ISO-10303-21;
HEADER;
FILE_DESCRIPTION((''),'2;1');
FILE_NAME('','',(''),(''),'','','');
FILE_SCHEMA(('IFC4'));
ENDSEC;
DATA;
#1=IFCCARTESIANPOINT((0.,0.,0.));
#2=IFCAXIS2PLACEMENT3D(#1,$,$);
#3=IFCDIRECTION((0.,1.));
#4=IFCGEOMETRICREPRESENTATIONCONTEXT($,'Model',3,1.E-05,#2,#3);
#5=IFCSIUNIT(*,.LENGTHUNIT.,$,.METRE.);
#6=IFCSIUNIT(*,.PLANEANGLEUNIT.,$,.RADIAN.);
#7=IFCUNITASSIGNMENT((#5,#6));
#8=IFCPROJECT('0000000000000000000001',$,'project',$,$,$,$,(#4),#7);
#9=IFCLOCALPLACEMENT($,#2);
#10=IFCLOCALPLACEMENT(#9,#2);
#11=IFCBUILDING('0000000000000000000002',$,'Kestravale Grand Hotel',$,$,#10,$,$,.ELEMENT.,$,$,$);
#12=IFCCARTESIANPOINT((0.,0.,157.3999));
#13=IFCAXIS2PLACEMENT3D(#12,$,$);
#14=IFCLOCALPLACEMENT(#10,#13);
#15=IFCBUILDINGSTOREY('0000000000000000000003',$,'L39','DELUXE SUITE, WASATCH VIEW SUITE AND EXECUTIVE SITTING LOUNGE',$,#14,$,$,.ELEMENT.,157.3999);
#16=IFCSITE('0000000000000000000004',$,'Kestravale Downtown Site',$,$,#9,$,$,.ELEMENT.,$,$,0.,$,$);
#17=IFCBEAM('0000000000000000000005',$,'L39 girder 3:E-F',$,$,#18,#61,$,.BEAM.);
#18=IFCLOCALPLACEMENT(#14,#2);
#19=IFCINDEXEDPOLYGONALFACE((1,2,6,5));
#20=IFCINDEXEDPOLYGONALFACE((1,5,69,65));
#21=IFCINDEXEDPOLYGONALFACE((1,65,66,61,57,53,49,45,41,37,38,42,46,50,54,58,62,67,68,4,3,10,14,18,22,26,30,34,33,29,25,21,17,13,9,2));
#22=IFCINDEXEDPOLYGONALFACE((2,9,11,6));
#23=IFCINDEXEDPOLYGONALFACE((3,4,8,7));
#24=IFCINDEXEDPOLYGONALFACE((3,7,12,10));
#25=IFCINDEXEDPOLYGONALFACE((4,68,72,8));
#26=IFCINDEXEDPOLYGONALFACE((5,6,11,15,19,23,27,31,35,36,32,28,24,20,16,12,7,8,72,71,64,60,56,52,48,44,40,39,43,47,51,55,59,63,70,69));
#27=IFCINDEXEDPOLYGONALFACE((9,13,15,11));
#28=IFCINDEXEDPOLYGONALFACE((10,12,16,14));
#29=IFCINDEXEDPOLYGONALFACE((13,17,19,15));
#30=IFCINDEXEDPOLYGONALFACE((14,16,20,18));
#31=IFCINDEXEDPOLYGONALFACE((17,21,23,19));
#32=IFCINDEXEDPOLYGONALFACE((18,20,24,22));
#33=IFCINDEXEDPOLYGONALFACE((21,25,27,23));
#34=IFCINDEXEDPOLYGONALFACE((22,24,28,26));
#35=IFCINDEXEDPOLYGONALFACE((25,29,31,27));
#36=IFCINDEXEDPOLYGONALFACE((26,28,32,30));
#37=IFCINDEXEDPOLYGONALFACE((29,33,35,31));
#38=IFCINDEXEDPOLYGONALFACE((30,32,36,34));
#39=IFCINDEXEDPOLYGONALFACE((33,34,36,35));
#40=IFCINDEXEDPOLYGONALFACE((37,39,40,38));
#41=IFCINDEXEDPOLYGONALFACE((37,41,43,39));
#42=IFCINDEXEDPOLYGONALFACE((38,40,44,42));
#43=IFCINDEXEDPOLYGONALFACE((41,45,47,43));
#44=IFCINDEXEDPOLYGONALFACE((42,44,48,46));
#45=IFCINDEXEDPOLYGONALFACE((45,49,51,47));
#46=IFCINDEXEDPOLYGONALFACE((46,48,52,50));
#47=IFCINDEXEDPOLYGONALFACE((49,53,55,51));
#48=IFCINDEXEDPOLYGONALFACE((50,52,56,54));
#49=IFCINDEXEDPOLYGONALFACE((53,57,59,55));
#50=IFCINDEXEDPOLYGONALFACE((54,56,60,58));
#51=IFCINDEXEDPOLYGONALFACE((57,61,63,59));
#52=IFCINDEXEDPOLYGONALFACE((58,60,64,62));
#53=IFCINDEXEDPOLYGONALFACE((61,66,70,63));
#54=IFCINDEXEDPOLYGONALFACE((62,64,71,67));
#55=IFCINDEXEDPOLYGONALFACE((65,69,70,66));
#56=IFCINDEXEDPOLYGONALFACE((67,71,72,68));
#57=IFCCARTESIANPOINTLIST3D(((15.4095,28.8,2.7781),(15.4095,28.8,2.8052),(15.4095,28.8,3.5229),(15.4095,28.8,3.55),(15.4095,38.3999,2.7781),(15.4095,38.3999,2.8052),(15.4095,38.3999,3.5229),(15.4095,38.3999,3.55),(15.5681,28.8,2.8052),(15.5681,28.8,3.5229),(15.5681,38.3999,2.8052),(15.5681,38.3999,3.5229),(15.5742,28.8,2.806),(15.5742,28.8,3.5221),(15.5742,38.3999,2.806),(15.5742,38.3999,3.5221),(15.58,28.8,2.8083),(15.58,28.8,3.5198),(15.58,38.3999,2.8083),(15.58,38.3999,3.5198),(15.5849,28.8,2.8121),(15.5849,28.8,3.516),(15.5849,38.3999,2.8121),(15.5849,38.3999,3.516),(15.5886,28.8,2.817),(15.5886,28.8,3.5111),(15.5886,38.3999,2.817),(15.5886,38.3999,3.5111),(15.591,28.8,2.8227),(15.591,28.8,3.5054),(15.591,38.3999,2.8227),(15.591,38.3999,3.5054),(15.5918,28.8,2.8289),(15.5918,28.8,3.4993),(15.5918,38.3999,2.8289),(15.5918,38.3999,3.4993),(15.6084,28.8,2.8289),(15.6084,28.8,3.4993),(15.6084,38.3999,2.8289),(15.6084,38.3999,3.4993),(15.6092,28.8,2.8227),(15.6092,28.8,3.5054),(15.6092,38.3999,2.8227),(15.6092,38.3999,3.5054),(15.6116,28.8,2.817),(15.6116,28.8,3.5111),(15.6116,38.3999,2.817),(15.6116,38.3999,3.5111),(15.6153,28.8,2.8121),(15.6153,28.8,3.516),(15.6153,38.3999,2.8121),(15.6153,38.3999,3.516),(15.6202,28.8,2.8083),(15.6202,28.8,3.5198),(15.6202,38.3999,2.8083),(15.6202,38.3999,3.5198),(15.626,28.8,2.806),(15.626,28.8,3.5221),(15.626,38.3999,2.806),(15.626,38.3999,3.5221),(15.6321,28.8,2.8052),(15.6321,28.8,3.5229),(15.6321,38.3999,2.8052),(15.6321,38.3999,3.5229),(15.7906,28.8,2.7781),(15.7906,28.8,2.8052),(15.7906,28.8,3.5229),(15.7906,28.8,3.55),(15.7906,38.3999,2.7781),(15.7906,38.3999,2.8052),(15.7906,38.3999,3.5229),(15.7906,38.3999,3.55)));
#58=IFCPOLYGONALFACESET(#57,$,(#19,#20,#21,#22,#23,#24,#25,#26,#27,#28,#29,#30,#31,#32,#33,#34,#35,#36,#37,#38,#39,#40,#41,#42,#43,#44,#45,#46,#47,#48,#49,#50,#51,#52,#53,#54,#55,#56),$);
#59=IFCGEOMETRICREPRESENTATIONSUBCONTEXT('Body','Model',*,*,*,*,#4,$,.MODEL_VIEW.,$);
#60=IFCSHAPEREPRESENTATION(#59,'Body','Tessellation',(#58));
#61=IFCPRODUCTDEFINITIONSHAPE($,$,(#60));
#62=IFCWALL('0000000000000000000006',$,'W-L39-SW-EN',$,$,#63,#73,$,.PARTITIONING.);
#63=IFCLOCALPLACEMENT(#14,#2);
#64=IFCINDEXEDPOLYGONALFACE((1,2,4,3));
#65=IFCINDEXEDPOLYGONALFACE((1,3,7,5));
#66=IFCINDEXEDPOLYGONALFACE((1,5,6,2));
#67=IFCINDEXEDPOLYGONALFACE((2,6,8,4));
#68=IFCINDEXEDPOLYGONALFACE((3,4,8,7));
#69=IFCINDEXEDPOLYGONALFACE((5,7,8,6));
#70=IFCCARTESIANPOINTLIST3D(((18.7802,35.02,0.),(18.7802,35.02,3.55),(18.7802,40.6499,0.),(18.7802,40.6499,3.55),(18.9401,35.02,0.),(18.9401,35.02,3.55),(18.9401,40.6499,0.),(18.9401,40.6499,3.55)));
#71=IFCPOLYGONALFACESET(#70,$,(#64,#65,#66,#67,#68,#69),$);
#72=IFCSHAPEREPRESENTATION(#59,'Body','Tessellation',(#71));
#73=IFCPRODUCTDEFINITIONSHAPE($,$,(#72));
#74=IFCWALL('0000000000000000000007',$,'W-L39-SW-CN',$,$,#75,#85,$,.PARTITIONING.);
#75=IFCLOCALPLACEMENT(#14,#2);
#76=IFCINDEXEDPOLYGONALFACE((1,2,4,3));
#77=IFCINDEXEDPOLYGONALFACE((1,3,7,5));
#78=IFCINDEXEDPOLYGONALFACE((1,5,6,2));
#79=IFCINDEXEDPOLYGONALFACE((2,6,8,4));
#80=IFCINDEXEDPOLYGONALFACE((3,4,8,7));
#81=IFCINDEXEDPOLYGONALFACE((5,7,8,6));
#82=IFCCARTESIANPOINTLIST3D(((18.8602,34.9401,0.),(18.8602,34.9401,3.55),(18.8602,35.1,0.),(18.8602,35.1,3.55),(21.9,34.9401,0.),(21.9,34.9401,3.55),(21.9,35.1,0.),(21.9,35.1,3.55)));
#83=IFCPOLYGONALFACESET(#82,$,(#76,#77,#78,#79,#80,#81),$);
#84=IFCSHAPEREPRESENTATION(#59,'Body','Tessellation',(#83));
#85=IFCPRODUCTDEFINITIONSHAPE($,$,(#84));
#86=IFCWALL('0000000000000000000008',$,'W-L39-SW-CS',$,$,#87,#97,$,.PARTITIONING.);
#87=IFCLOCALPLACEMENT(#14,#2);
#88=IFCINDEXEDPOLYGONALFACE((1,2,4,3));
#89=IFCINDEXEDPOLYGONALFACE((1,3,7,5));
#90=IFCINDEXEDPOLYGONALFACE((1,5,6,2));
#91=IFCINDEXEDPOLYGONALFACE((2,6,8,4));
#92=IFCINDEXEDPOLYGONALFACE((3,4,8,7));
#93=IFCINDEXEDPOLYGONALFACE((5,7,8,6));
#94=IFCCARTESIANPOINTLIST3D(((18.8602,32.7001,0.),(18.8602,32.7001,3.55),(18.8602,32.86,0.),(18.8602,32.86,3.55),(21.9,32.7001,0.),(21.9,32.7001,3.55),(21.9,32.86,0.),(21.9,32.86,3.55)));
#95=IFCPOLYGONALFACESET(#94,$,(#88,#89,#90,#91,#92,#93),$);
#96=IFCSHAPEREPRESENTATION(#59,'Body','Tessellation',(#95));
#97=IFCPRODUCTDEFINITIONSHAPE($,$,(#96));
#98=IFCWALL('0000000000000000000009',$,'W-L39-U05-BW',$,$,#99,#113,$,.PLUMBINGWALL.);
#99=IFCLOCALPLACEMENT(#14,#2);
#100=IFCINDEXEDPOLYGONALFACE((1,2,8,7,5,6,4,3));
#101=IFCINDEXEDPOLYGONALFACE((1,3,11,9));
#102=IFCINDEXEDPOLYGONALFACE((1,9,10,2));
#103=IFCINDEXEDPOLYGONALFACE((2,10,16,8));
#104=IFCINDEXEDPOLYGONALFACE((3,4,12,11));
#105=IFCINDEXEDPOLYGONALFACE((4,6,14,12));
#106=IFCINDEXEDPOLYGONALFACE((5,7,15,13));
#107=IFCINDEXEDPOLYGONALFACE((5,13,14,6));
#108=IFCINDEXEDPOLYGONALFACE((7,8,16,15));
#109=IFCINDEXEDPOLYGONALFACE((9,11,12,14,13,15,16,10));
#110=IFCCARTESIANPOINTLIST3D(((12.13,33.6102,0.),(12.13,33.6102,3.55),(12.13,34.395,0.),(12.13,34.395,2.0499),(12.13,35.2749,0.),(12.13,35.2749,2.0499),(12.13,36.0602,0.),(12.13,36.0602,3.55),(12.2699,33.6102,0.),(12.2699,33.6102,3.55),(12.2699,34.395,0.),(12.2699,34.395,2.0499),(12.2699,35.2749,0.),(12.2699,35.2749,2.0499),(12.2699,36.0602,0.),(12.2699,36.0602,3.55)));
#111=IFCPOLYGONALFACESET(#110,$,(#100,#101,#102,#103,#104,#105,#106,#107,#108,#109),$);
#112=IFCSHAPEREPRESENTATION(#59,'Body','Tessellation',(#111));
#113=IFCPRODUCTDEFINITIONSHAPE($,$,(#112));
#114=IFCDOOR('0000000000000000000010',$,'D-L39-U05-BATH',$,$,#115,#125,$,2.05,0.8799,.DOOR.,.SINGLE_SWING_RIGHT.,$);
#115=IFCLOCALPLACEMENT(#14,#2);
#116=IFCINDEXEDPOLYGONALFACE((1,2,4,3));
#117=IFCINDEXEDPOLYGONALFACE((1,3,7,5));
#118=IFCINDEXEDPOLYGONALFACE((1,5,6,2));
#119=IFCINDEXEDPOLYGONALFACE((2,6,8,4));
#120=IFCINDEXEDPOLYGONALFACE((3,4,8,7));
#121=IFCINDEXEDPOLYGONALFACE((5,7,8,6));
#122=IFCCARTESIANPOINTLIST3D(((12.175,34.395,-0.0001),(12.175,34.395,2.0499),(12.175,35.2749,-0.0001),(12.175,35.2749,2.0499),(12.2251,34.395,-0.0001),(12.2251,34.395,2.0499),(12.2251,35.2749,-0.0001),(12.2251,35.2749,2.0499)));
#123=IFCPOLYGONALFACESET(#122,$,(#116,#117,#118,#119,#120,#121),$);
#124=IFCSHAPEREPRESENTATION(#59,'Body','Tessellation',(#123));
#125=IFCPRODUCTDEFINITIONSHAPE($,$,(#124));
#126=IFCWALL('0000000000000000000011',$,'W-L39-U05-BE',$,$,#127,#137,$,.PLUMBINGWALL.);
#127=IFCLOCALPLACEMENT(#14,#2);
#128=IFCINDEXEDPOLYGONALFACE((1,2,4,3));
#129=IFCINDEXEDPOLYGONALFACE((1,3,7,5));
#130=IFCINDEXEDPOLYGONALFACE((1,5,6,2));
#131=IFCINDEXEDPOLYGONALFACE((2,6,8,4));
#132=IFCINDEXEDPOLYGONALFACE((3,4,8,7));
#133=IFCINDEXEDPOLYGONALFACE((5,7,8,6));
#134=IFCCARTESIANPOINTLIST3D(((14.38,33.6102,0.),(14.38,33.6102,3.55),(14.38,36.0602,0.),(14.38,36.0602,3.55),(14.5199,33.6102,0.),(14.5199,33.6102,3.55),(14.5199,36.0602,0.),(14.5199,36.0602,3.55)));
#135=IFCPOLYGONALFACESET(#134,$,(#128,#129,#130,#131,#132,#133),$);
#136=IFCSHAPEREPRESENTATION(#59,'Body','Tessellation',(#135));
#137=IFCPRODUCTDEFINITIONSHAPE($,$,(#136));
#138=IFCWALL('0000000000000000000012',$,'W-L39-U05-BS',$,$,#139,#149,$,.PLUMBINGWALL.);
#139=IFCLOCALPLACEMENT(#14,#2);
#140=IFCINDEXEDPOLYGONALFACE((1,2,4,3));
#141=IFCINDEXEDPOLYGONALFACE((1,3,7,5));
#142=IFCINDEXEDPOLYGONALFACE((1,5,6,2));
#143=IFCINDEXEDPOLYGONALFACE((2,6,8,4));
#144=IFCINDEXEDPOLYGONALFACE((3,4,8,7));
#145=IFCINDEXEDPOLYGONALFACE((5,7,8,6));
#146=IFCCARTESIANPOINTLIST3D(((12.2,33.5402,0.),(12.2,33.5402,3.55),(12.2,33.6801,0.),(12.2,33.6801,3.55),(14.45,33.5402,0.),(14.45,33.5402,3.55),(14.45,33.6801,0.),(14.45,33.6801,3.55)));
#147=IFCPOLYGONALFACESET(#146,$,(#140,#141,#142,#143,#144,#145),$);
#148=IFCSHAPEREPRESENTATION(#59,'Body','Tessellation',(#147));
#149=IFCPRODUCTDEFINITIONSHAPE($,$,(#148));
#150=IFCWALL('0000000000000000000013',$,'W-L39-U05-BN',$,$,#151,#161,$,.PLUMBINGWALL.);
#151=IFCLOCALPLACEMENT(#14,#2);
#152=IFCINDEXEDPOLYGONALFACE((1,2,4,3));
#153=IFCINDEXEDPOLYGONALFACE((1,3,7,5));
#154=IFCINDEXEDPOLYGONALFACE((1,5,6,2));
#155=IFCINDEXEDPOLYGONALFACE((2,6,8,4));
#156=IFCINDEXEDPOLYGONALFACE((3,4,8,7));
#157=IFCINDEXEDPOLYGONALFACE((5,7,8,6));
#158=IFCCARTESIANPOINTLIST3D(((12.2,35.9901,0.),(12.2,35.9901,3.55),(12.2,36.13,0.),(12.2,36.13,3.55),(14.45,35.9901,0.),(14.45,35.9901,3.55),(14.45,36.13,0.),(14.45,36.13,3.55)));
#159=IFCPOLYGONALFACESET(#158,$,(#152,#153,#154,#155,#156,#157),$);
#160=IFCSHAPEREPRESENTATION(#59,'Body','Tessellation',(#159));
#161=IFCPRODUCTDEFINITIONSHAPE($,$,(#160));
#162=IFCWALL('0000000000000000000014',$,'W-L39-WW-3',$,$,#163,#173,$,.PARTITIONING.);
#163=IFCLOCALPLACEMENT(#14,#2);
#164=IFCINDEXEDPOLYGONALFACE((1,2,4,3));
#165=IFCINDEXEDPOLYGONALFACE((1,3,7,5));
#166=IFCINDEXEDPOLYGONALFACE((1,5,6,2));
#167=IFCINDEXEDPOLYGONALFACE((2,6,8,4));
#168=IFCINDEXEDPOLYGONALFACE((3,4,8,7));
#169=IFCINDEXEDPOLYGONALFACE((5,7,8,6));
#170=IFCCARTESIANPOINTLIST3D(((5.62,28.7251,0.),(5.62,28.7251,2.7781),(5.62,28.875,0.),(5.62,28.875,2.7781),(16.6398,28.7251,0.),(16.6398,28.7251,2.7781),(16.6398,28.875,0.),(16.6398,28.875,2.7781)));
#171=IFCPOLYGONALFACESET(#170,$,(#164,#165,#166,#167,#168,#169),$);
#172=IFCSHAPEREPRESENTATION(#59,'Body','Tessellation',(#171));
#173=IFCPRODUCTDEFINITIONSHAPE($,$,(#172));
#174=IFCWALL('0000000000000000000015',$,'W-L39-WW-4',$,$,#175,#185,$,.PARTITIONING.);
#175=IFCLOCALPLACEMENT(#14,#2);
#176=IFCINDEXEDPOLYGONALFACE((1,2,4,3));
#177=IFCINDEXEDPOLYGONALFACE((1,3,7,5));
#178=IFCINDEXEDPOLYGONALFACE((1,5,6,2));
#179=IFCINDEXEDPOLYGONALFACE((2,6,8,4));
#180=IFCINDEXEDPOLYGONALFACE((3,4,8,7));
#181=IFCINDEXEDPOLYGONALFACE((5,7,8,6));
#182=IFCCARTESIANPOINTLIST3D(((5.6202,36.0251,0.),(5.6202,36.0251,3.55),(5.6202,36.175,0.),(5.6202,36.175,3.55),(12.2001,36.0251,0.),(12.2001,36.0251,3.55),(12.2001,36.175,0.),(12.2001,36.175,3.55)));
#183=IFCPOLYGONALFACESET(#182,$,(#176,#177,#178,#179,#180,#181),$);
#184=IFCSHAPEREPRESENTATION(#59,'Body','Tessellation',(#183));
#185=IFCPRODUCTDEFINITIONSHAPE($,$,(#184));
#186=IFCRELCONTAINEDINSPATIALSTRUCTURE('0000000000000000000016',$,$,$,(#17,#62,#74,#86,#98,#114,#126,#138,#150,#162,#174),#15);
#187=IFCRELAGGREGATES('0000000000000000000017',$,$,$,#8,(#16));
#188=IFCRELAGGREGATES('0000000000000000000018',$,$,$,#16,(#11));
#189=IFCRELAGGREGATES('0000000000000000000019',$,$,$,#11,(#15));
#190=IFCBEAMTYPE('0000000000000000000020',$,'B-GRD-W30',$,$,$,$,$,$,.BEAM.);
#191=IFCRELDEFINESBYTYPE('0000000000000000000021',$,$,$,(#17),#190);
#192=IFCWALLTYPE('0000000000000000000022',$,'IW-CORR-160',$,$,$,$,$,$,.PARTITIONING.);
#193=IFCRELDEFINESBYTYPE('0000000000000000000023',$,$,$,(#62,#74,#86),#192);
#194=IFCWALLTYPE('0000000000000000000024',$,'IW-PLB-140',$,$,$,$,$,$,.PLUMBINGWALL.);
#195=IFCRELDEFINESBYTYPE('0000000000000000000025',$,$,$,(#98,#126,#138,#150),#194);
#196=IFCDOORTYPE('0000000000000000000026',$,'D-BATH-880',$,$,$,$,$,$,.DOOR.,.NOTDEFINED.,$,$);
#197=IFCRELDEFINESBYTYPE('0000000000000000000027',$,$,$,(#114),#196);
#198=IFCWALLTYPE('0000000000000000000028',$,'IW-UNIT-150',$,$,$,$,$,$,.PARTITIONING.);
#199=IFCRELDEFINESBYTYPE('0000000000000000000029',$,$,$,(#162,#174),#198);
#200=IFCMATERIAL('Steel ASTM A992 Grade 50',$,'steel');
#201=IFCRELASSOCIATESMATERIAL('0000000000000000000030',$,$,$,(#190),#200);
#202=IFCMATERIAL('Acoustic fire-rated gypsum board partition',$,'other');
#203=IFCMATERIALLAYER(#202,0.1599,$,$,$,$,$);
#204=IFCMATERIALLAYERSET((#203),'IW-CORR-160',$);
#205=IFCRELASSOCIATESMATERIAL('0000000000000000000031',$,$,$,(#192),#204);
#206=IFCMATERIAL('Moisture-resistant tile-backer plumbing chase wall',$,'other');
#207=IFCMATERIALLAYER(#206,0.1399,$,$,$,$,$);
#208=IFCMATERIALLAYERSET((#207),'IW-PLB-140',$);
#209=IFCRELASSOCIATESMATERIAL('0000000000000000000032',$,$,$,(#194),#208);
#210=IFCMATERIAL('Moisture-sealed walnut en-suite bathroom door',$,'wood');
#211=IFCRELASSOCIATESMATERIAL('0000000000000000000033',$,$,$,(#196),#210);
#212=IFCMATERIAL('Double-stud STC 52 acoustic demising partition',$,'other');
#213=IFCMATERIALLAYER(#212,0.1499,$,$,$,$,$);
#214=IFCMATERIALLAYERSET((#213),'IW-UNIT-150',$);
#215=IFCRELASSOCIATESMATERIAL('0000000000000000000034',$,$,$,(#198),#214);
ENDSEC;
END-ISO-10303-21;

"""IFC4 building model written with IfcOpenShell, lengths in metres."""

from ifc_helpers import new_model, si_unit, direction, frame, frame_2d, origin, origin_2d, place, context, subcontext, project, spatial, rectangle, i_section, extrude, material, layer, layer_set, material_profile, profile_set, type_object, element, fill, save


model = new_model("IFC4")

# Units and contexts
model_context = context("Model", 3, precision=1e-05, world=origin(), true_north=direction((0.0, 1.0)))
body_context = subcontext(model_context, "Body", "Model", "MODEL_VIEW")
ifc_project = project(units=[si_unit("LENGTHUNIT", "METRE"), si_unit("PLANEANGLEUNIT", "RADIAN")], contexts=[model_context])

# Site, building, storey
site_placement = place(None, origin())
site = spatial("IfcSite", under=ifc_project, at=site_placement, Name="Kestravale Downtown Site", CompositionType="ELEMENT", RefElevation=0.0)
building_placement = place(site_placement, origin())
building = spatial("IfcBuilding", under=site, at=building_placement, Name="Kestravale Grand Hotel", CompositionType="ELEMENT")
storey_placement = place(building_placement, frame((0.0, 0.0, 157.3999)))
storey = spatial("IfcBuildingStorey", under=building, at=storey_placement, Name="L39", Description="DELUXE SUITE, WASATCH VIEW SUITE AND EXECUTIVE SITTING LOUNGE", CompositionType="ELEMENT", Elevation=157.3999)

# Beam
ifc_material_1 = material(Name="Steel ASTM A992 Grade 50", Category="steel")
ifc_material_profile_1 = material_profile(ifc_material_1, i_section(OverallWidth=0.3811, OverallDepth=0.772, WebThickness=0.0166, FlangeThickness=0.0271, FilletRadius=0.0237, at=origin_2d()))
ifc_profile_set_1 = profile_set([ifc_material_profile_1], Name="Steel ASTM A992 Grade 50")
beam_type_1 = type_object("IfcBeamType", Name="B-GRD-W30", PredefinedType="BEAM", material=ifc_profile_set_1)
beam_1_placement = place(storey_placement, frame((15.6001, 28.8, 3.1641), z_axis=(0.0, 1.0, 0.0), x_axis=(-1.0, 0.0, 0.0)))
element("IfcBeam", 1, at=beam_1_placement, inside=storey, type_object=beam_type_1, Name="L39 girder 3:E-F", PredefinedType="BEAM", context=body_context, shape_type="SweptSolid", body=[
    extrude(i_section(OverallWidth=0.3811, OverallDepth=0.772, WebThickness=0.0166, FlangeThickness=0.0271, FilletRadius=0.0237, at=origin_2d()), origin(), (0.0, 0.0, 1.0), 9.5999),
])

# Walls
ifc_material_2 = material(Name="Acoustic fire-rated gypsum board partition", Category="other")
ifc_layer_1 = layer(ifc_material_2, 0.1599)
ifc_layer_set_1 = layer_set([ifc_layer_1], Name="IW-CORR-160")
wall_type_1 = type_object("IfcWallType", Name="IW-CORR-160", PredefinedType="PARTITIONING", material=ifc_layer_set_1)
wall_1_placement = place(storey_placement, frame((18.8601, 35.02, 0.0), z_axis=(0.0, 0.0, 1.0), x_axis=(0.0, 1.0, 0.0)))
element("IfcWall", 2, at=wall_1_placement, inside=storey, type_object=wall_type_1, Name="W-L39-SW-EN", PredefinedType="PARTITIONING", context=body_context, shape_type="SweptSolid", body=[
    extrude(rectangle(XDim=5.6299, YDim=0.1599, at=frame_2d((2.8149, 0.0))), origin(), (0.0, 0.0, 1.0), 3.55),
])
for number, where, z_axis, x_axis, name in (
    (3, (18.8601, 35.02, 0.0), (0.0, 0.0, 1.0), (1.0, 0.0, 0.0), "W-L39-SW-CN"),
    (4, (18.8601, 32.78, 0.0), (0.0, 0.0, 1.0), (1.0, 0.0, 0.0), "W-L39-SW-CS"),
):
    element("IfcWall", number, at=place(storey_placement, frame(where, z_axis=z_axis, x_axis=x_axis)), inside=storey, type_object=wall_type_1, Name=name, PredefinedType="PARTITIONING", context=body_context, shape_type="SweptSolid", body=[
        extrude(rectangle(XDim=3.0398, YDim=0.1599, at=frame_2d((1.52, 0.0))), origin(), (0.0, 0.0, 1.0), 3.55),
    ])

# Wall, opening, door
ifc_material_3 = material(Name="Moisture-resistant tile-backer plumbing chase wall", Category="other")
ifc_layer_2 = layer(ifc_material_3, 0.1399)
ifc_layer_set_2 = layer_set([ifc_layer_2], Name="IW-PLB-140")
wall_type_2 = type_object("IfcWallType", Name="IW-PLB-140", PredefinedType="PLUMBINGWALL", material=ifc_layer_set_2)
wall_2_placement = place(storey_placement, frame((12.2, 33.6101, 0.0), z_axis=(0.0, 0.0, 1.0), x_axis=(0.0, 1.0, 0.0)))
wall_2 = element("IfcWall", 5, at=wall_2_placement, inside=storey, type_object=wall_type_2, Name="W-L39-U05-BW", PredefinedType="PLUMBINGWALL", context=body_context, shape_type="SweptSolid", body=[
    extrude(rectangle(XDim=2.45, YDim=0.1399, at=frame_2d((1.2251, 0.0))), origin(), (0.0, 0.0, 1.0), 3.55),
])
opening_placement = place(wall_2_placement, frame((0.7849, 0.0, 0.0)))
opening = element("IfcOpeningElement", 6, at=opening_placement, cuts=wall_2, PredefinedType="OPENING", context=body_context, shape_type="SweptSolid", body=[
    extrude(rectangle(XDim=0.8799, YDim=2.05, at=frame_2d((0.4399, 1.0249))), frame((0.0, 0.0798, 0.0), z_axis=(0.0, -1.0, 0.0), x_axis=(1.0, 0.0, 0.0)), (0.0, 0.0, 1.0), 0.1599),
])
ifc_material_4 = material(Name="Moisture-sealed walnut en-suite bathroom door", Category="wood")
door_type = type_object("IfcDoorType", Name="D-BATH-880", OperationType="NOTDEFINED", PredefinedType="DOOR", material=ifc_material_4)
door_placement = place(opening_placement, origin())
door = element("IfcDoor", 7, at=door_placement, inside=storey, type_object=door_type, Name="D-L39-U05-BATH", OperationType="SINGLE_SWING_RIGHT", OverallHeight=2.05, OverallWidth=0.8799, PredefinedType="DOOR", context=body_context, shape_type="SweptSolid", body=[
    extrude(rectangle(XDim=0.8799, YDim=2.05, at=frame_2d((0.4399, 1.0249))), frame((0.0, 0.0249, 0.0), z_axis=(0.0, -1.0, 0.0), x_axis=(1.0, 0.0, 0.0)), (0.0, 0.0, 1.0), 0.05),
])
fill(opening, door)

# Walls
wall_3_placement = place(storey_placement, frame((14.45, 33.6101, 0.0), z_axis=(0.0, 0.0, 1.0), x_axis=(0.0, 1.0, 0.0)))
element("IfcWall", 8, at=wall_3_placement, inside=storey, type_object=wall_type_2, Name="W-L39-U05-BE", PredefinedType="PLUMBINGWALL", context=body_context, shape_type="SweptSolid", body=[
    extrude(rectangle(XDim=2.45, YDim=0.1399, at=frame_2d((1.2251, 0.0))), origin(), (0.0, 0.0, 1.0), 3.55),
])
for number, where, z_axis, x_axis, name in (
    (9, (12.2, 33.6101, 0.0), (0.0, 0.0, 1.0), (1.0, 0.0, 0.0), "W-L39-U05-BS"),
    (10, (12.2, 36.0601, 0.0), (0.0, 0.0, 1.0), (1.0, 0.0, 0.0), "W-L39-U05-BN"),
):
    element("IfcWall", number, at=place(storey_placement, frame(where, z_axis=z_axis, x_axis=x_axis)), inside=storey, type_object=wall_type_2, Name=name, PredefinedType="PLUMBINGWALL", context=body_context, shape_type="SweptSolid", body=[
        extrude(rectangle(XDim=2.25, YDim=0.1399, at=frame_2d((1.125, 0.0))), origin(), (0.0, 0.0, 1.0), 3.55),
    ])
ifc_material_5 = material(Name="Double-stud STC 52 acoustic demising partition", Category="other")
ifc_layer_3 = layer(ifc_material_5, 0.1499)
ifc_layer_set_3 = layer_set([ifc_layer_3], Name="IW-UNIT-150")
wall_type_3 = type_object("IfcWallType", Name="IW-UNIT-150", PredefinedType="PARTITIONING", material=ifc_layer_set_3)
wall_4_placement = place(storey_placement, frame((5.6201, 28.8, 0.0), z_axis=(0.0, 0.0, 1.0), x_axis=(1.0, 0.0, 0.0)))
element("IfcWall", 11, at=wall_4_placement, inside=storey, type_object=wall_type_3, Name="W-L39-WW-3", PredefinedType="PARTITIONING", context=body_context, shape_type="SweptSolid", body=[
    extrude(rectangle(XDim=11.0198, YDim=0.1499, at=frame_2d((5.5098, 0.0))), origin(), (0.0, 0.0, 1.0), 2.7781),
])
wall_5_placement = place(storey_placement, frame((5.6201, 36.1001, 0.0), z_axis=(0.0, 0.0, 1.0), x_axis=(1.0, 0.0, 0.0)))
element("IfcWall", 12, at=wall_5_placement, inside=storey, type_object=wall_type_3, Name="W-L39-WW-4", PredefinedType="PARTITIONING", context=body_context, shape_type="SweptSolid", body=[
    extrude(rectangle(XDim=6.5798, YDim=0.1499, at=frame_2d((3.29, 0.0))), origin(), (0.0, 0.0, 1.0), 3.55),
])

save(model, "model.ifc")
